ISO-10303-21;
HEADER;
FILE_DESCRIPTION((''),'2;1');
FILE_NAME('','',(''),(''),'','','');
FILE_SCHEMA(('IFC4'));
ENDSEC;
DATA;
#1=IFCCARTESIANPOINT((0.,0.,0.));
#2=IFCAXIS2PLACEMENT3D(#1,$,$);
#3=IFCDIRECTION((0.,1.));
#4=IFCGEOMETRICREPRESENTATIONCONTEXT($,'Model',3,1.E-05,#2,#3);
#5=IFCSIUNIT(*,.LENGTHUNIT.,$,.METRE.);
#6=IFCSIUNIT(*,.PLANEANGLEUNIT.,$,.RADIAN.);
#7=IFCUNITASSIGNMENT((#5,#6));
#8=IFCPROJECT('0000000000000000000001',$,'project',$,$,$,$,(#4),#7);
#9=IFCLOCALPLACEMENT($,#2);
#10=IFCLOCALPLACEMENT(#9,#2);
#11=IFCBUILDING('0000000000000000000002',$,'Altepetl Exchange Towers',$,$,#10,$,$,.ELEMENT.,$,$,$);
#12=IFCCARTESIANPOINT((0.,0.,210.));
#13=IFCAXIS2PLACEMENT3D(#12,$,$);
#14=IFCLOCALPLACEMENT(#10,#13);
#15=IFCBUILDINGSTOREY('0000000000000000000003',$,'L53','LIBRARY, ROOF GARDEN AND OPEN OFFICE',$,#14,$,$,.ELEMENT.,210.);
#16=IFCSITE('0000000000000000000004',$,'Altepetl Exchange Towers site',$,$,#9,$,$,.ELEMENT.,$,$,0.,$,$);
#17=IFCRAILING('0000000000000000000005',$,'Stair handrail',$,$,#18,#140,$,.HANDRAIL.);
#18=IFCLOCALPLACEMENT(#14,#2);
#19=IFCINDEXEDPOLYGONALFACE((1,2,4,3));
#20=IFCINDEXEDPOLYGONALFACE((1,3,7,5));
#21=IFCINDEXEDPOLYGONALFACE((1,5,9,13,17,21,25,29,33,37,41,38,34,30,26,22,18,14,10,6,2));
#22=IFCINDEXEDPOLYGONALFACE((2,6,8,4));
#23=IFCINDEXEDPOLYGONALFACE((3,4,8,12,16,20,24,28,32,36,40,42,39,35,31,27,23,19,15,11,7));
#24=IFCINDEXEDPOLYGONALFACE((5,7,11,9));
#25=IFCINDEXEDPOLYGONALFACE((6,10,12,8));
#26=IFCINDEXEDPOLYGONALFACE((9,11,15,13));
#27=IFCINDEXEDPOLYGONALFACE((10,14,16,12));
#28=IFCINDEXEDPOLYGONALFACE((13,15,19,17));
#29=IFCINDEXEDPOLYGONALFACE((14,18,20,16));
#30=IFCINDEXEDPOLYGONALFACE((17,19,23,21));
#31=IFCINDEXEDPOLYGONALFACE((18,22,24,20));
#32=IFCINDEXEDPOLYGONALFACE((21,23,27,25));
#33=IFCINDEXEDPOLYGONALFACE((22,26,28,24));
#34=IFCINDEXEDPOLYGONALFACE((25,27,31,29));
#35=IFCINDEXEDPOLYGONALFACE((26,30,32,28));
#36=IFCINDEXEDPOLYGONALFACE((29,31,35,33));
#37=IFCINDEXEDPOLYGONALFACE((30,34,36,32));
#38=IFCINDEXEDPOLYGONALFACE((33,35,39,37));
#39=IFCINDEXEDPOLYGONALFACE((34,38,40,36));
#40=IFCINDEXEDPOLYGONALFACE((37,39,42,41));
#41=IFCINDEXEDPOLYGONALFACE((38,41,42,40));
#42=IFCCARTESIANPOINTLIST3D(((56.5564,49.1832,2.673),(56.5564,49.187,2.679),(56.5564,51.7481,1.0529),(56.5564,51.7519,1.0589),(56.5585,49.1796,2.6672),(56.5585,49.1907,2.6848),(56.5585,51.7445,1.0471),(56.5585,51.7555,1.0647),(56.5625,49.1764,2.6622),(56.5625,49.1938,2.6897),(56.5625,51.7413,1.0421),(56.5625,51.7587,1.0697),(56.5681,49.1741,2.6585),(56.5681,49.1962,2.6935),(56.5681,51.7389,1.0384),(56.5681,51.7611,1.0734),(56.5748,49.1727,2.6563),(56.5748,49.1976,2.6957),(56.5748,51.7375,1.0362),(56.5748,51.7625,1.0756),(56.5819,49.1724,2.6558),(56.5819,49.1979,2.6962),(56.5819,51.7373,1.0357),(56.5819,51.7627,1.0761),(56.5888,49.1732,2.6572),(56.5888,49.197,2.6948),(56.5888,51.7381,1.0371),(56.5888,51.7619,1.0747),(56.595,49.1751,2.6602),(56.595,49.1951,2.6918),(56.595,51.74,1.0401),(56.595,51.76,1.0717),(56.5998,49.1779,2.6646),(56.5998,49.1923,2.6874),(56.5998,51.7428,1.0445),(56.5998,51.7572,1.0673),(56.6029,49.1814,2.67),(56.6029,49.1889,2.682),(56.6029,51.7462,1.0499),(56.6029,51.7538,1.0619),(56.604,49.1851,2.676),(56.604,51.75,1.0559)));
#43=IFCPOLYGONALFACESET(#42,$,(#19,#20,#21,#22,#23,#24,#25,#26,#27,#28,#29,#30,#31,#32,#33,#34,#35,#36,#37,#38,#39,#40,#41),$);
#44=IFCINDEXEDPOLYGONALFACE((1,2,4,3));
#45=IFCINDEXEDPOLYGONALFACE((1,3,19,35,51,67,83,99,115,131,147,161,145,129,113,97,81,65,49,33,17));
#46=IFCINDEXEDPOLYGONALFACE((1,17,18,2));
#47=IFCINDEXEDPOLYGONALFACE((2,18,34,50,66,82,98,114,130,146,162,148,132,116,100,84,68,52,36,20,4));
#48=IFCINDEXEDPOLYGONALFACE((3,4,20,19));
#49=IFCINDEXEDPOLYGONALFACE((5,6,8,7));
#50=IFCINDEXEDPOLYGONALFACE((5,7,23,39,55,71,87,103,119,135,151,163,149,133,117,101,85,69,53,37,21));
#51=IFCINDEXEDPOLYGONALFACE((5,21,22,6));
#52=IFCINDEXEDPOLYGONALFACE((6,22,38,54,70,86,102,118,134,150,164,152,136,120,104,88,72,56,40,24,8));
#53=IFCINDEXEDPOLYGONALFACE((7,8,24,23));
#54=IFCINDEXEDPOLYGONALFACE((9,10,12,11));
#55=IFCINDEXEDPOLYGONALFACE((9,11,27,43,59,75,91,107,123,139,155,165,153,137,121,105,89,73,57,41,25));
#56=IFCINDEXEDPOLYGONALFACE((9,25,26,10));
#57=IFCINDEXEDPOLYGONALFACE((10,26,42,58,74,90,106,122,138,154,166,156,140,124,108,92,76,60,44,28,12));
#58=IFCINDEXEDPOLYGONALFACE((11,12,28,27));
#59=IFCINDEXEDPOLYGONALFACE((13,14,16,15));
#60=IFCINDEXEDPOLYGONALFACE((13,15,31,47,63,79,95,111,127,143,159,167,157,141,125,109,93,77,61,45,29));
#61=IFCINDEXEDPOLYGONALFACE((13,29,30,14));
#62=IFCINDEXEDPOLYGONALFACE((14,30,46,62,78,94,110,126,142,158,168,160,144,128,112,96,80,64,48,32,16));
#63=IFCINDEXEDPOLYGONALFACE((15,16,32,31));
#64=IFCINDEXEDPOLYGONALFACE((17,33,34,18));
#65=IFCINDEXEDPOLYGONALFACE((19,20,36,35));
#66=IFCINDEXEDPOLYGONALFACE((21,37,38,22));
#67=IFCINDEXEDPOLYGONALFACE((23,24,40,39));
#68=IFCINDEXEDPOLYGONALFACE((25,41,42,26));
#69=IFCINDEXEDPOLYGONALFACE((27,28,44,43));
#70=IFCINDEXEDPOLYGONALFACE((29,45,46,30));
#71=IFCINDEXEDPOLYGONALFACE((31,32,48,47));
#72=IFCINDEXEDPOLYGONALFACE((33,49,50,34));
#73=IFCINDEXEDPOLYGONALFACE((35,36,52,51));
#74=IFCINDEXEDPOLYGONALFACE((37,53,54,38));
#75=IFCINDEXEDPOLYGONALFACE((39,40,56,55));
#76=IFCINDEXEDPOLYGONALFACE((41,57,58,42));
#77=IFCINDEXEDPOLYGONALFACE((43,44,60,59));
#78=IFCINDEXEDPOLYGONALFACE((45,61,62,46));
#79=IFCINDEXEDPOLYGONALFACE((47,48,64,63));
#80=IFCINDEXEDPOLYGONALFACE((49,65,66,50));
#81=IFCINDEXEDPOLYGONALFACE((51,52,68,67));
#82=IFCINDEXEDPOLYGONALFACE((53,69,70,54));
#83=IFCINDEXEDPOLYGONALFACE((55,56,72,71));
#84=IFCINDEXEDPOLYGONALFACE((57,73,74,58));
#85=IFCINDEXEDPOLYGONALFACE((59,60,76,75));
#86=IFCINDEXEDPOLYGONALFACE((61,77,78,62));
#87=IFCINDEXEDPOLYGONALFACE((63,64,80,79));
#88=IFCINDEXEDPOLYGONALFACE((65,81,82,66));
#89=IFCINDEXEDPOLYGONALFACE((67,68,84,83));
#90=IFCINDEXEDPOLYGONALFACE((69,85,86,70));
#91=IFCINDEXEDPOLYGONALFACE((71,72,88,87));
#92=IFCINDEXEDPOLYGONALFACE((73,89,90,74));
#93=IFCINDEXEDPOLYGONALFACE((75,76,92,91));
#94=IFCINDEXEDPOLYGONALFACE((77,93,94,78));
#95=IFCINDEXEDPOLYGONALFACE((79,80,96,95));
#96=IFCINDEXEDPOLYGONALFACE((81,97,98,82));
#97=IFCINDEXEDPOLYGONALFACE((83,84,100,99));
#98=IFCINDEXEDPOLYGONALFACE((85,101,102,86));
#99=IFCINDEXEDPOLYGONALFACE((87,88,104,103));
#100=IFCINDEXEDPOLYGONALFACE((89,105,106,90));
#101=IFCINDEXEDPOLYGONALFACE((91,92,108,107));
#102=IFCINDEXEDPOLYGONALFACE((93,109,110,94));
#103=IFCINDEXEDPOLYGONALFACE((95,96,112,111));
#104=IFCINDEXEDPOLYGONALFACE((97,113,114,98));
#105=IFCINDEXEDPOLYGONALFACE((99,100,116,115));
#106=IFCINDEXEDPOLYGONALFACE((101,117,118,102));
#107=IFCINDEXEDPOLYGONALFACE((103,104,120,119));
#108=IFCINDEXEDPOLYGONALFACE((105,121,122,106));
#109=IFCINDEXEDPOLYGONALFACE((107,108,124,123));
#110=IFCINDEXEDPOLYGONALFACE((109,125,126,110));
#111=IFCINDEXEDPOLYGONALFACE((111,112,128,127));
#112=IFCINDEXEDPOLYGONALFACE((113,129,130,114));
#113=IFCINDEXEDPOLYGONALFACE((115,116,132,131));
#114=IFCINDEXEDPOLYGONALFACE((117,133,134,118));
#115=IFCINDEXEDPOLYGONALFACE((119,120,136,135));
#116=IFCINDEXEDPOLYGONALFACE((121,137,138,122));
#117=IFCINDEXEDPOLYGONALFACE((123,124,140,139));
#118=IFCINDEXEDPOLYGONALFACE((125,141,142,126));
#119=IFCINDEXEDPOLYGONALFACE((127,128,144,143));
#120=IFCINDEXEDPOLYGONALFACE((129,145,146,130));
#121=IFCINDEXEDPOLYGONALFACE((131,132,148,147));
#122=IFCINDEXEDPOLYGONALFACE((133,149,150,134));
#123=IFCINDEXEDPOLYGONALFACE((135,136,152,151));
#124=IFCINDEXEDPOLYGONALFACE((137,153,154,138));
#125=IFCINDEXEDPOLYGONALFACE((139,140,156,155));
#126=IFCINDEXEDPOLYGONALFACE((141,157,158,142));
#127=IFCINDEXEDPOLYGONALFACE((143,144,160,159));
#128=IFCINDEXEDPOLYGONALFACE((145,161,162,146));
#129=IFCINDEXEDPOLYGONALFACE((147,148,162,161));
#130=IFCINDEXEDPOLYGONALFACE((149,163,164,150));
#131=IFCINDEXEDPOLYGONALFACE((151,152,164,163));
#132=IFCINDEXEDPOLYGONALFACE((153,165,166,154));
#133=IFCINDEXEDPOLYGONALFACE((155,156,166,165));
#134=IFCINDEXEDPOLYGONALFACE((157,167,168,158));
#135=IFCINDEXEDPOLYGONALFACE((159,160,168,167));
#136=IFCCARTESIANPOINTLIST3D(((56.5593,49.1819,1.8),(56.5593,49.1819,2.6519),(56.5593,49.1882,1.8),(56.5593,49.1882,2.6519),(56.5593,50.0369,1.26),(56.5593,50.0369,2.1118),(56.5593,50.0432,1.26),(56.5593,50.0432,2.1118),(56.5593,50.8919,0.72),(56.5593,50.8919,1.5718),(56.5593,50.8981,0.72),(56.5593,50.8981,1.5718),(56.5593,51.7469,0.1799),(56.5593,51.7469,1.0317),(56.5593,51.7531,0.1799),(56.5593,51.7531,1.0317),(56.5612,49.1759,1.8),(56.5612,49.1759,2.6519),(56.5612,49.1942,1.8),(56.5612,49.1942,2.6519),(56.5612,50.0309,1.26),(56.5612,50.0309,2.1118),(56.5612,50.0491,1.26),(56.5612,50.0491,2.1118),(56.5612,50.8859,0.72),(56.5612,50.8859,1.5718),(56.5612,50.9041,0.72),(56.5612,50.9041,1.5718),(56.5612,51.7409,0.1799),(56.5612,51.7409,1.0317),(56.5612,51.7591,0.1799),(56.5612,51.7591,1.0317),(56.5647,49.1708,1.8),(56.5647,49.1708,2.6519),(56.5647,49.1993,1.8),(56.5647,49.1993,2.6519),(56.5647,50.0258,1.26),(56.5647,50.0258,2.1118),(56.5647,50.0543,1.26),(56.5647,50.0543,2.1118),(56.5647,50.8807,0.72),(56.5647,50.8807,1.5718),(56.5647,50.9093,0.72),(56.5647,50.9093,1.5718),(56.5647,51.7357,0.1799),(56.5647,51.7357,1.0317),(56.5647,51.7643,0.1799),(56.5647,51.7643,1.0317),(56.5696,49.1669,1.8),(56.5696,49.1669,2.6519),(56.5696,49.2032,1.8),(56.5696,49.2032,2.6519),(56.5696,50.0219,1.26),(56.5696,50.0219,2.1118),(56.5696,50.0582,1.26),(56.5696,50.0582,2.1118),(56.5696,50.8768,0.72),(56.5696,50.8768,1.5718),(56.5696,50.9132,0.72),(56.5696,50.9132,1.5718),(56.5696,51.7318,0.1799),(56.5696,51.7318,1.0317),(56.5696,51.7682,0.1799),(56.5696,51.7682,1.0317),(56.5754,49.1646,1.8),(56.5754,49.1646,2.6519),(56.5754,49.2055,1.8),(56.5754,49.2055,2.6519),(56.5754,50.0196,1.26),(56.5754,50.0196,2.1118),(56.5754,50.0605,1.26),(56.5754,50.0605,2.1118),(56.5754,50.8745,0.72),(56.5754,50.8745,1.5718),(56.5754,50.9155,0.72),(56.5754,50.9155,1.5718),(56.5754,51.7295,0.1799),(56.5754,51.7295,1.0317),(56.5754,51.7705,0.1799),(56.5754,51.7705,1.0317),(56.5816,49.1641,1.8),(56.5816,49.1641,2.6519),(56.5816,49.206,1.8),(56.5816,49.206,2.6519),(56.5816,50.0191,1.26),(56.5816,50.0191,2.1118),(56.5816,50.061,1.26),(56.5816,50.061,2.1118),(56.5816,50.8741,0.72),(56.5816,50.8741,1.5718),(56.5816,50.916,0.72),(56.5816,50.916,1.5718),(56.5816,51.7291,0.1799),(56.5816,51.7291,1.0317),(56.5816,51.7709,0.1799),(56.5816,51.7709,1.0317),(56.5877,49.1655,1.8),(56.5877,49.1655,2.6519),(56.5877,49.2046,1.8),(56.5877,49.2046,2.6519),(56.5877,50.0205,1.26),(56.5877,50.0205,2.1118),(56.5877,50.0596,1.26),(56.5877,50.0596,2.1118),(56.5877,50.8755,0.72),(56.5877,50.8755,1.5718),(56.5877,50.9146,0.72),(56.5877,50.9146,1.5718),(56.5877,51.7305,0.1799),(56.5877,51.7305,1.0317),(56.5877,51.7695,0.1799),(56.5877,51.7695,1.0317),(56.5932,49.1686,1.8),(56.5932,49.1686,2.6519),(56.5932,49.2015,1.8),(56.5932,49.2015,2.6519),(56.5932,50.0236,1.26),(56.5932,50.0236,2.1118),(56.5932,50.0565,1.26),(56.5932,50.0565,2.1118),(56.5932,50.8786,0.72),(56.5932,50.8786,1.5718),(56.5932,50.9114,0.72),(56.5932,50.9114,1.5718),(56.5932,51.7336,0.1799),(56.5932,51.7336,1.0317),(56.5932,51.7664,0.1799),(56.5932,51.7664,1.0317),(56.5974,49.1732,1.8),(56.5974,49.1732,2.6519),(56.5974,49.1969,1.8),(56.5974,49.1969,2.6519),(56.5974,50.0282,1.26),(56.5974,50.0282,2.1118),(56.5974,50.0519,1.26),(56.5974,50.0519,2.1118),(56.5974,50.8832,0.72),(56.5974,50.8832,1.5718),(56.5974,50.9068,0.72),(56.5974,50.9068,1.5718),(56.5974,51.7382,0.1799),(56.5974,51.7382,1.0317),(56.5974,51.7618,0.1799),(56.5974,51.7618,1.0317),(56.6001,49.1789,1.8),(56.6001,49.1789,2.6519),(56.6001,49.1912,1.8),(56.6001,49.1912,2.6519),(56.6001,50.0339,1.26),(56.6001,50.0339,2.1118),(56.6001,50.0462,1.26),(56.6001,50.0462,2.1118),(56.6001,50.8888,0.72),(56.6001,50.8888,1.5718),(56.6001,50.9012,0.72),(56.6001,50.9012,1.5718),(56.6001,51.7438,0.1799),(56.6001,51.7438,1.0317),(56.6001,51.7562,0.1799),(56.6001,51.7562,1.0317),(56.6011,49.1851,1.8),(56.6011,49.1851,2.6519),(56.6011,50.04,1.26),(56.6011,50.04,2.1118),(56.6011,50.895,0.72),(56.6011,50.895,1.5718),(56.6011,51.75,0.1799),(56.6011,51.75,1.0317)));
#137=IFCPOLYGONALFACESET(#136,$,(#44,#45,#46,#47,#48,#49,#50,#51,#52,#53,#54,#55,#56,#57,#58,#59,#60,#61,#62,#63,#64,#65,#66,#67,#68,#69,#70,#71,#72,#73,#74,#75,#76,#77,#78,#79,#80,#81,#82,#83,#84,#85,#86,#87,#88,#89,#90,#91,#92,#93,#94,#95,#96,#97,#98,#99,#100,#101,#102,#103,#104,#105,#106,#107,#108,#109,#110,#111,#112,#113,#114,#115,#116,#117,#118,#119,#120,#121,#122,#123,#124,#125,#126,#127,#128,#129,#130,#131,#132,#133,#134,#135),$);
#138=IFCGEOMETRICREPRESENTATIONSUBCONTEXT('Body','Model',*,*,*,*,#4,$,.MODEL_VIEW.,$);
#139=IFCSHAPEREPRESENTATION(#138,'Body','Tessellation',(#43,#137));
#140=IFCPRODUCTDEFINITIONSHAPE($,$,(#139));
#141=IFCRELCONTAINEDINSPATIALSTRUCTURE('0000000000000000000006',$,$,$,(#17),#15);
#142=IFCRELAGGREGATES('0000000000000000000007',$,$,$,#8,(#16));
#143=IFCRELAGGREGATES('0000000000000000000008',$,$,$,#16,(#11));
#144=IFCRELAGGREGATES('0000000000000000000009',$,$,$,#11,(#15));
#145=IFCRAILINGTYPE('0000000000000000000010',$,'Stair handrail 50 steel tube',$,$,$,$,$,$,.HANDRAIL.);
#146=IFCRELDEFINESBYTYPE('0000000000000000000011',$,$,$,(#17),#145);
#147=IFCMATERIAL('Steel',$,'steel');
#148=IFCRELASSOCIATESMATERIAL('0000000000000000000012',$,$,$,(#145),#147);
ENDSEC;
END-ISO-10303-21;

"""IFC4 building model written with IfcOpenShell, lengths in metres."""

from ifc_helpers import new_model, si_unit, direction, frame, origin, origin_2d, place, context, subcontext, project, spatial, circle, extrude, source, transform, mapped, material, type_object, element, save


model = new_model("IFC4")

# Units and contexts
model_context = context("Model", 3, precision=1e-05, world=origin(), true_north=direction((0.0, 1.0)))
body_context = subcontext(model_context, "Body", "Model", "MODEL_VIEW")
ifc_project = project(units=[si_unit("LENGTHUNIT", "METRE"), si_unit("PLANEANGLEUNIT", "RADIAN")], contexts=[model_context])

# Site, building, storey
site_placement = place(None, origin())
site = spatial("IfcSite", under=ifc_project, at=site_placement, Name="Altepetl Exchange Towers site", CompositionType="ELEMENT", RefElevation=0.0)
building_placement = place(site_placement, origin())
building = spatial("IfcBuilding", under=site, at=building_placement, Name="Altepetl Exchange Towers", CompositionType="ELEMENT")
storey_placement = place(building_placement, frame((0.0, 0.0, 210.0)))
storey = spatial("IfcBuildingStorey", under=building, at=storey_placement, Name="L53", Description="LIBRARY, ROOF GARDEN AND OPEN OFFICE", CompositionType="ELEMENT", Elevation=210.0)

# Railing
ifc_material_1 = material(Name="Steel", Category="steel")
railing_type = type_object("IfcRailingType", Name="Stair handrail 50 steel tube", PredefinedType="HANDRAIL", material=ifc_material_1)
shared_shape = source(origin(), body_context, "Body", "SweptSolid", [
    extrude(circle(Radius=0.021, at=origin_2d()), origin(), (0.0, 0.0, 1.0), 0.8518),
])
railing_1_placement = place(storey_placement, frame((56.5801, 51.75, 0.1799)))
element("IfcRailing", 1, at=railing_1_placement, inside=storey, type_object=railing_type, Name="Stair handrail", PredefinedType="HANDRAIL", context=body_context, shape_type="SweptSolid", body=[
    extrude(circle(Radius=0.0239, at=origin_2d()), frame((0.0, 0.0, 0.876), z_axis=(0.0, -0.845466, 0.534029), x_axis=(1.0, 0.0, 0.0)), (0.0, 0.0, 1.0), 3.0337),
    mapped(shared_shape, transform((0.0, 0.0, 0.0))),
    mapped(shared_shape, transform((0.0, -0.855, 0.54))),
    mapped(shared_shape, transform((0.0, -1.71, 1.0801))),
    mapped(shared_shape, transform((0.0, -2.5649, 1.6201))),
])

save(model, "model.ifc")
